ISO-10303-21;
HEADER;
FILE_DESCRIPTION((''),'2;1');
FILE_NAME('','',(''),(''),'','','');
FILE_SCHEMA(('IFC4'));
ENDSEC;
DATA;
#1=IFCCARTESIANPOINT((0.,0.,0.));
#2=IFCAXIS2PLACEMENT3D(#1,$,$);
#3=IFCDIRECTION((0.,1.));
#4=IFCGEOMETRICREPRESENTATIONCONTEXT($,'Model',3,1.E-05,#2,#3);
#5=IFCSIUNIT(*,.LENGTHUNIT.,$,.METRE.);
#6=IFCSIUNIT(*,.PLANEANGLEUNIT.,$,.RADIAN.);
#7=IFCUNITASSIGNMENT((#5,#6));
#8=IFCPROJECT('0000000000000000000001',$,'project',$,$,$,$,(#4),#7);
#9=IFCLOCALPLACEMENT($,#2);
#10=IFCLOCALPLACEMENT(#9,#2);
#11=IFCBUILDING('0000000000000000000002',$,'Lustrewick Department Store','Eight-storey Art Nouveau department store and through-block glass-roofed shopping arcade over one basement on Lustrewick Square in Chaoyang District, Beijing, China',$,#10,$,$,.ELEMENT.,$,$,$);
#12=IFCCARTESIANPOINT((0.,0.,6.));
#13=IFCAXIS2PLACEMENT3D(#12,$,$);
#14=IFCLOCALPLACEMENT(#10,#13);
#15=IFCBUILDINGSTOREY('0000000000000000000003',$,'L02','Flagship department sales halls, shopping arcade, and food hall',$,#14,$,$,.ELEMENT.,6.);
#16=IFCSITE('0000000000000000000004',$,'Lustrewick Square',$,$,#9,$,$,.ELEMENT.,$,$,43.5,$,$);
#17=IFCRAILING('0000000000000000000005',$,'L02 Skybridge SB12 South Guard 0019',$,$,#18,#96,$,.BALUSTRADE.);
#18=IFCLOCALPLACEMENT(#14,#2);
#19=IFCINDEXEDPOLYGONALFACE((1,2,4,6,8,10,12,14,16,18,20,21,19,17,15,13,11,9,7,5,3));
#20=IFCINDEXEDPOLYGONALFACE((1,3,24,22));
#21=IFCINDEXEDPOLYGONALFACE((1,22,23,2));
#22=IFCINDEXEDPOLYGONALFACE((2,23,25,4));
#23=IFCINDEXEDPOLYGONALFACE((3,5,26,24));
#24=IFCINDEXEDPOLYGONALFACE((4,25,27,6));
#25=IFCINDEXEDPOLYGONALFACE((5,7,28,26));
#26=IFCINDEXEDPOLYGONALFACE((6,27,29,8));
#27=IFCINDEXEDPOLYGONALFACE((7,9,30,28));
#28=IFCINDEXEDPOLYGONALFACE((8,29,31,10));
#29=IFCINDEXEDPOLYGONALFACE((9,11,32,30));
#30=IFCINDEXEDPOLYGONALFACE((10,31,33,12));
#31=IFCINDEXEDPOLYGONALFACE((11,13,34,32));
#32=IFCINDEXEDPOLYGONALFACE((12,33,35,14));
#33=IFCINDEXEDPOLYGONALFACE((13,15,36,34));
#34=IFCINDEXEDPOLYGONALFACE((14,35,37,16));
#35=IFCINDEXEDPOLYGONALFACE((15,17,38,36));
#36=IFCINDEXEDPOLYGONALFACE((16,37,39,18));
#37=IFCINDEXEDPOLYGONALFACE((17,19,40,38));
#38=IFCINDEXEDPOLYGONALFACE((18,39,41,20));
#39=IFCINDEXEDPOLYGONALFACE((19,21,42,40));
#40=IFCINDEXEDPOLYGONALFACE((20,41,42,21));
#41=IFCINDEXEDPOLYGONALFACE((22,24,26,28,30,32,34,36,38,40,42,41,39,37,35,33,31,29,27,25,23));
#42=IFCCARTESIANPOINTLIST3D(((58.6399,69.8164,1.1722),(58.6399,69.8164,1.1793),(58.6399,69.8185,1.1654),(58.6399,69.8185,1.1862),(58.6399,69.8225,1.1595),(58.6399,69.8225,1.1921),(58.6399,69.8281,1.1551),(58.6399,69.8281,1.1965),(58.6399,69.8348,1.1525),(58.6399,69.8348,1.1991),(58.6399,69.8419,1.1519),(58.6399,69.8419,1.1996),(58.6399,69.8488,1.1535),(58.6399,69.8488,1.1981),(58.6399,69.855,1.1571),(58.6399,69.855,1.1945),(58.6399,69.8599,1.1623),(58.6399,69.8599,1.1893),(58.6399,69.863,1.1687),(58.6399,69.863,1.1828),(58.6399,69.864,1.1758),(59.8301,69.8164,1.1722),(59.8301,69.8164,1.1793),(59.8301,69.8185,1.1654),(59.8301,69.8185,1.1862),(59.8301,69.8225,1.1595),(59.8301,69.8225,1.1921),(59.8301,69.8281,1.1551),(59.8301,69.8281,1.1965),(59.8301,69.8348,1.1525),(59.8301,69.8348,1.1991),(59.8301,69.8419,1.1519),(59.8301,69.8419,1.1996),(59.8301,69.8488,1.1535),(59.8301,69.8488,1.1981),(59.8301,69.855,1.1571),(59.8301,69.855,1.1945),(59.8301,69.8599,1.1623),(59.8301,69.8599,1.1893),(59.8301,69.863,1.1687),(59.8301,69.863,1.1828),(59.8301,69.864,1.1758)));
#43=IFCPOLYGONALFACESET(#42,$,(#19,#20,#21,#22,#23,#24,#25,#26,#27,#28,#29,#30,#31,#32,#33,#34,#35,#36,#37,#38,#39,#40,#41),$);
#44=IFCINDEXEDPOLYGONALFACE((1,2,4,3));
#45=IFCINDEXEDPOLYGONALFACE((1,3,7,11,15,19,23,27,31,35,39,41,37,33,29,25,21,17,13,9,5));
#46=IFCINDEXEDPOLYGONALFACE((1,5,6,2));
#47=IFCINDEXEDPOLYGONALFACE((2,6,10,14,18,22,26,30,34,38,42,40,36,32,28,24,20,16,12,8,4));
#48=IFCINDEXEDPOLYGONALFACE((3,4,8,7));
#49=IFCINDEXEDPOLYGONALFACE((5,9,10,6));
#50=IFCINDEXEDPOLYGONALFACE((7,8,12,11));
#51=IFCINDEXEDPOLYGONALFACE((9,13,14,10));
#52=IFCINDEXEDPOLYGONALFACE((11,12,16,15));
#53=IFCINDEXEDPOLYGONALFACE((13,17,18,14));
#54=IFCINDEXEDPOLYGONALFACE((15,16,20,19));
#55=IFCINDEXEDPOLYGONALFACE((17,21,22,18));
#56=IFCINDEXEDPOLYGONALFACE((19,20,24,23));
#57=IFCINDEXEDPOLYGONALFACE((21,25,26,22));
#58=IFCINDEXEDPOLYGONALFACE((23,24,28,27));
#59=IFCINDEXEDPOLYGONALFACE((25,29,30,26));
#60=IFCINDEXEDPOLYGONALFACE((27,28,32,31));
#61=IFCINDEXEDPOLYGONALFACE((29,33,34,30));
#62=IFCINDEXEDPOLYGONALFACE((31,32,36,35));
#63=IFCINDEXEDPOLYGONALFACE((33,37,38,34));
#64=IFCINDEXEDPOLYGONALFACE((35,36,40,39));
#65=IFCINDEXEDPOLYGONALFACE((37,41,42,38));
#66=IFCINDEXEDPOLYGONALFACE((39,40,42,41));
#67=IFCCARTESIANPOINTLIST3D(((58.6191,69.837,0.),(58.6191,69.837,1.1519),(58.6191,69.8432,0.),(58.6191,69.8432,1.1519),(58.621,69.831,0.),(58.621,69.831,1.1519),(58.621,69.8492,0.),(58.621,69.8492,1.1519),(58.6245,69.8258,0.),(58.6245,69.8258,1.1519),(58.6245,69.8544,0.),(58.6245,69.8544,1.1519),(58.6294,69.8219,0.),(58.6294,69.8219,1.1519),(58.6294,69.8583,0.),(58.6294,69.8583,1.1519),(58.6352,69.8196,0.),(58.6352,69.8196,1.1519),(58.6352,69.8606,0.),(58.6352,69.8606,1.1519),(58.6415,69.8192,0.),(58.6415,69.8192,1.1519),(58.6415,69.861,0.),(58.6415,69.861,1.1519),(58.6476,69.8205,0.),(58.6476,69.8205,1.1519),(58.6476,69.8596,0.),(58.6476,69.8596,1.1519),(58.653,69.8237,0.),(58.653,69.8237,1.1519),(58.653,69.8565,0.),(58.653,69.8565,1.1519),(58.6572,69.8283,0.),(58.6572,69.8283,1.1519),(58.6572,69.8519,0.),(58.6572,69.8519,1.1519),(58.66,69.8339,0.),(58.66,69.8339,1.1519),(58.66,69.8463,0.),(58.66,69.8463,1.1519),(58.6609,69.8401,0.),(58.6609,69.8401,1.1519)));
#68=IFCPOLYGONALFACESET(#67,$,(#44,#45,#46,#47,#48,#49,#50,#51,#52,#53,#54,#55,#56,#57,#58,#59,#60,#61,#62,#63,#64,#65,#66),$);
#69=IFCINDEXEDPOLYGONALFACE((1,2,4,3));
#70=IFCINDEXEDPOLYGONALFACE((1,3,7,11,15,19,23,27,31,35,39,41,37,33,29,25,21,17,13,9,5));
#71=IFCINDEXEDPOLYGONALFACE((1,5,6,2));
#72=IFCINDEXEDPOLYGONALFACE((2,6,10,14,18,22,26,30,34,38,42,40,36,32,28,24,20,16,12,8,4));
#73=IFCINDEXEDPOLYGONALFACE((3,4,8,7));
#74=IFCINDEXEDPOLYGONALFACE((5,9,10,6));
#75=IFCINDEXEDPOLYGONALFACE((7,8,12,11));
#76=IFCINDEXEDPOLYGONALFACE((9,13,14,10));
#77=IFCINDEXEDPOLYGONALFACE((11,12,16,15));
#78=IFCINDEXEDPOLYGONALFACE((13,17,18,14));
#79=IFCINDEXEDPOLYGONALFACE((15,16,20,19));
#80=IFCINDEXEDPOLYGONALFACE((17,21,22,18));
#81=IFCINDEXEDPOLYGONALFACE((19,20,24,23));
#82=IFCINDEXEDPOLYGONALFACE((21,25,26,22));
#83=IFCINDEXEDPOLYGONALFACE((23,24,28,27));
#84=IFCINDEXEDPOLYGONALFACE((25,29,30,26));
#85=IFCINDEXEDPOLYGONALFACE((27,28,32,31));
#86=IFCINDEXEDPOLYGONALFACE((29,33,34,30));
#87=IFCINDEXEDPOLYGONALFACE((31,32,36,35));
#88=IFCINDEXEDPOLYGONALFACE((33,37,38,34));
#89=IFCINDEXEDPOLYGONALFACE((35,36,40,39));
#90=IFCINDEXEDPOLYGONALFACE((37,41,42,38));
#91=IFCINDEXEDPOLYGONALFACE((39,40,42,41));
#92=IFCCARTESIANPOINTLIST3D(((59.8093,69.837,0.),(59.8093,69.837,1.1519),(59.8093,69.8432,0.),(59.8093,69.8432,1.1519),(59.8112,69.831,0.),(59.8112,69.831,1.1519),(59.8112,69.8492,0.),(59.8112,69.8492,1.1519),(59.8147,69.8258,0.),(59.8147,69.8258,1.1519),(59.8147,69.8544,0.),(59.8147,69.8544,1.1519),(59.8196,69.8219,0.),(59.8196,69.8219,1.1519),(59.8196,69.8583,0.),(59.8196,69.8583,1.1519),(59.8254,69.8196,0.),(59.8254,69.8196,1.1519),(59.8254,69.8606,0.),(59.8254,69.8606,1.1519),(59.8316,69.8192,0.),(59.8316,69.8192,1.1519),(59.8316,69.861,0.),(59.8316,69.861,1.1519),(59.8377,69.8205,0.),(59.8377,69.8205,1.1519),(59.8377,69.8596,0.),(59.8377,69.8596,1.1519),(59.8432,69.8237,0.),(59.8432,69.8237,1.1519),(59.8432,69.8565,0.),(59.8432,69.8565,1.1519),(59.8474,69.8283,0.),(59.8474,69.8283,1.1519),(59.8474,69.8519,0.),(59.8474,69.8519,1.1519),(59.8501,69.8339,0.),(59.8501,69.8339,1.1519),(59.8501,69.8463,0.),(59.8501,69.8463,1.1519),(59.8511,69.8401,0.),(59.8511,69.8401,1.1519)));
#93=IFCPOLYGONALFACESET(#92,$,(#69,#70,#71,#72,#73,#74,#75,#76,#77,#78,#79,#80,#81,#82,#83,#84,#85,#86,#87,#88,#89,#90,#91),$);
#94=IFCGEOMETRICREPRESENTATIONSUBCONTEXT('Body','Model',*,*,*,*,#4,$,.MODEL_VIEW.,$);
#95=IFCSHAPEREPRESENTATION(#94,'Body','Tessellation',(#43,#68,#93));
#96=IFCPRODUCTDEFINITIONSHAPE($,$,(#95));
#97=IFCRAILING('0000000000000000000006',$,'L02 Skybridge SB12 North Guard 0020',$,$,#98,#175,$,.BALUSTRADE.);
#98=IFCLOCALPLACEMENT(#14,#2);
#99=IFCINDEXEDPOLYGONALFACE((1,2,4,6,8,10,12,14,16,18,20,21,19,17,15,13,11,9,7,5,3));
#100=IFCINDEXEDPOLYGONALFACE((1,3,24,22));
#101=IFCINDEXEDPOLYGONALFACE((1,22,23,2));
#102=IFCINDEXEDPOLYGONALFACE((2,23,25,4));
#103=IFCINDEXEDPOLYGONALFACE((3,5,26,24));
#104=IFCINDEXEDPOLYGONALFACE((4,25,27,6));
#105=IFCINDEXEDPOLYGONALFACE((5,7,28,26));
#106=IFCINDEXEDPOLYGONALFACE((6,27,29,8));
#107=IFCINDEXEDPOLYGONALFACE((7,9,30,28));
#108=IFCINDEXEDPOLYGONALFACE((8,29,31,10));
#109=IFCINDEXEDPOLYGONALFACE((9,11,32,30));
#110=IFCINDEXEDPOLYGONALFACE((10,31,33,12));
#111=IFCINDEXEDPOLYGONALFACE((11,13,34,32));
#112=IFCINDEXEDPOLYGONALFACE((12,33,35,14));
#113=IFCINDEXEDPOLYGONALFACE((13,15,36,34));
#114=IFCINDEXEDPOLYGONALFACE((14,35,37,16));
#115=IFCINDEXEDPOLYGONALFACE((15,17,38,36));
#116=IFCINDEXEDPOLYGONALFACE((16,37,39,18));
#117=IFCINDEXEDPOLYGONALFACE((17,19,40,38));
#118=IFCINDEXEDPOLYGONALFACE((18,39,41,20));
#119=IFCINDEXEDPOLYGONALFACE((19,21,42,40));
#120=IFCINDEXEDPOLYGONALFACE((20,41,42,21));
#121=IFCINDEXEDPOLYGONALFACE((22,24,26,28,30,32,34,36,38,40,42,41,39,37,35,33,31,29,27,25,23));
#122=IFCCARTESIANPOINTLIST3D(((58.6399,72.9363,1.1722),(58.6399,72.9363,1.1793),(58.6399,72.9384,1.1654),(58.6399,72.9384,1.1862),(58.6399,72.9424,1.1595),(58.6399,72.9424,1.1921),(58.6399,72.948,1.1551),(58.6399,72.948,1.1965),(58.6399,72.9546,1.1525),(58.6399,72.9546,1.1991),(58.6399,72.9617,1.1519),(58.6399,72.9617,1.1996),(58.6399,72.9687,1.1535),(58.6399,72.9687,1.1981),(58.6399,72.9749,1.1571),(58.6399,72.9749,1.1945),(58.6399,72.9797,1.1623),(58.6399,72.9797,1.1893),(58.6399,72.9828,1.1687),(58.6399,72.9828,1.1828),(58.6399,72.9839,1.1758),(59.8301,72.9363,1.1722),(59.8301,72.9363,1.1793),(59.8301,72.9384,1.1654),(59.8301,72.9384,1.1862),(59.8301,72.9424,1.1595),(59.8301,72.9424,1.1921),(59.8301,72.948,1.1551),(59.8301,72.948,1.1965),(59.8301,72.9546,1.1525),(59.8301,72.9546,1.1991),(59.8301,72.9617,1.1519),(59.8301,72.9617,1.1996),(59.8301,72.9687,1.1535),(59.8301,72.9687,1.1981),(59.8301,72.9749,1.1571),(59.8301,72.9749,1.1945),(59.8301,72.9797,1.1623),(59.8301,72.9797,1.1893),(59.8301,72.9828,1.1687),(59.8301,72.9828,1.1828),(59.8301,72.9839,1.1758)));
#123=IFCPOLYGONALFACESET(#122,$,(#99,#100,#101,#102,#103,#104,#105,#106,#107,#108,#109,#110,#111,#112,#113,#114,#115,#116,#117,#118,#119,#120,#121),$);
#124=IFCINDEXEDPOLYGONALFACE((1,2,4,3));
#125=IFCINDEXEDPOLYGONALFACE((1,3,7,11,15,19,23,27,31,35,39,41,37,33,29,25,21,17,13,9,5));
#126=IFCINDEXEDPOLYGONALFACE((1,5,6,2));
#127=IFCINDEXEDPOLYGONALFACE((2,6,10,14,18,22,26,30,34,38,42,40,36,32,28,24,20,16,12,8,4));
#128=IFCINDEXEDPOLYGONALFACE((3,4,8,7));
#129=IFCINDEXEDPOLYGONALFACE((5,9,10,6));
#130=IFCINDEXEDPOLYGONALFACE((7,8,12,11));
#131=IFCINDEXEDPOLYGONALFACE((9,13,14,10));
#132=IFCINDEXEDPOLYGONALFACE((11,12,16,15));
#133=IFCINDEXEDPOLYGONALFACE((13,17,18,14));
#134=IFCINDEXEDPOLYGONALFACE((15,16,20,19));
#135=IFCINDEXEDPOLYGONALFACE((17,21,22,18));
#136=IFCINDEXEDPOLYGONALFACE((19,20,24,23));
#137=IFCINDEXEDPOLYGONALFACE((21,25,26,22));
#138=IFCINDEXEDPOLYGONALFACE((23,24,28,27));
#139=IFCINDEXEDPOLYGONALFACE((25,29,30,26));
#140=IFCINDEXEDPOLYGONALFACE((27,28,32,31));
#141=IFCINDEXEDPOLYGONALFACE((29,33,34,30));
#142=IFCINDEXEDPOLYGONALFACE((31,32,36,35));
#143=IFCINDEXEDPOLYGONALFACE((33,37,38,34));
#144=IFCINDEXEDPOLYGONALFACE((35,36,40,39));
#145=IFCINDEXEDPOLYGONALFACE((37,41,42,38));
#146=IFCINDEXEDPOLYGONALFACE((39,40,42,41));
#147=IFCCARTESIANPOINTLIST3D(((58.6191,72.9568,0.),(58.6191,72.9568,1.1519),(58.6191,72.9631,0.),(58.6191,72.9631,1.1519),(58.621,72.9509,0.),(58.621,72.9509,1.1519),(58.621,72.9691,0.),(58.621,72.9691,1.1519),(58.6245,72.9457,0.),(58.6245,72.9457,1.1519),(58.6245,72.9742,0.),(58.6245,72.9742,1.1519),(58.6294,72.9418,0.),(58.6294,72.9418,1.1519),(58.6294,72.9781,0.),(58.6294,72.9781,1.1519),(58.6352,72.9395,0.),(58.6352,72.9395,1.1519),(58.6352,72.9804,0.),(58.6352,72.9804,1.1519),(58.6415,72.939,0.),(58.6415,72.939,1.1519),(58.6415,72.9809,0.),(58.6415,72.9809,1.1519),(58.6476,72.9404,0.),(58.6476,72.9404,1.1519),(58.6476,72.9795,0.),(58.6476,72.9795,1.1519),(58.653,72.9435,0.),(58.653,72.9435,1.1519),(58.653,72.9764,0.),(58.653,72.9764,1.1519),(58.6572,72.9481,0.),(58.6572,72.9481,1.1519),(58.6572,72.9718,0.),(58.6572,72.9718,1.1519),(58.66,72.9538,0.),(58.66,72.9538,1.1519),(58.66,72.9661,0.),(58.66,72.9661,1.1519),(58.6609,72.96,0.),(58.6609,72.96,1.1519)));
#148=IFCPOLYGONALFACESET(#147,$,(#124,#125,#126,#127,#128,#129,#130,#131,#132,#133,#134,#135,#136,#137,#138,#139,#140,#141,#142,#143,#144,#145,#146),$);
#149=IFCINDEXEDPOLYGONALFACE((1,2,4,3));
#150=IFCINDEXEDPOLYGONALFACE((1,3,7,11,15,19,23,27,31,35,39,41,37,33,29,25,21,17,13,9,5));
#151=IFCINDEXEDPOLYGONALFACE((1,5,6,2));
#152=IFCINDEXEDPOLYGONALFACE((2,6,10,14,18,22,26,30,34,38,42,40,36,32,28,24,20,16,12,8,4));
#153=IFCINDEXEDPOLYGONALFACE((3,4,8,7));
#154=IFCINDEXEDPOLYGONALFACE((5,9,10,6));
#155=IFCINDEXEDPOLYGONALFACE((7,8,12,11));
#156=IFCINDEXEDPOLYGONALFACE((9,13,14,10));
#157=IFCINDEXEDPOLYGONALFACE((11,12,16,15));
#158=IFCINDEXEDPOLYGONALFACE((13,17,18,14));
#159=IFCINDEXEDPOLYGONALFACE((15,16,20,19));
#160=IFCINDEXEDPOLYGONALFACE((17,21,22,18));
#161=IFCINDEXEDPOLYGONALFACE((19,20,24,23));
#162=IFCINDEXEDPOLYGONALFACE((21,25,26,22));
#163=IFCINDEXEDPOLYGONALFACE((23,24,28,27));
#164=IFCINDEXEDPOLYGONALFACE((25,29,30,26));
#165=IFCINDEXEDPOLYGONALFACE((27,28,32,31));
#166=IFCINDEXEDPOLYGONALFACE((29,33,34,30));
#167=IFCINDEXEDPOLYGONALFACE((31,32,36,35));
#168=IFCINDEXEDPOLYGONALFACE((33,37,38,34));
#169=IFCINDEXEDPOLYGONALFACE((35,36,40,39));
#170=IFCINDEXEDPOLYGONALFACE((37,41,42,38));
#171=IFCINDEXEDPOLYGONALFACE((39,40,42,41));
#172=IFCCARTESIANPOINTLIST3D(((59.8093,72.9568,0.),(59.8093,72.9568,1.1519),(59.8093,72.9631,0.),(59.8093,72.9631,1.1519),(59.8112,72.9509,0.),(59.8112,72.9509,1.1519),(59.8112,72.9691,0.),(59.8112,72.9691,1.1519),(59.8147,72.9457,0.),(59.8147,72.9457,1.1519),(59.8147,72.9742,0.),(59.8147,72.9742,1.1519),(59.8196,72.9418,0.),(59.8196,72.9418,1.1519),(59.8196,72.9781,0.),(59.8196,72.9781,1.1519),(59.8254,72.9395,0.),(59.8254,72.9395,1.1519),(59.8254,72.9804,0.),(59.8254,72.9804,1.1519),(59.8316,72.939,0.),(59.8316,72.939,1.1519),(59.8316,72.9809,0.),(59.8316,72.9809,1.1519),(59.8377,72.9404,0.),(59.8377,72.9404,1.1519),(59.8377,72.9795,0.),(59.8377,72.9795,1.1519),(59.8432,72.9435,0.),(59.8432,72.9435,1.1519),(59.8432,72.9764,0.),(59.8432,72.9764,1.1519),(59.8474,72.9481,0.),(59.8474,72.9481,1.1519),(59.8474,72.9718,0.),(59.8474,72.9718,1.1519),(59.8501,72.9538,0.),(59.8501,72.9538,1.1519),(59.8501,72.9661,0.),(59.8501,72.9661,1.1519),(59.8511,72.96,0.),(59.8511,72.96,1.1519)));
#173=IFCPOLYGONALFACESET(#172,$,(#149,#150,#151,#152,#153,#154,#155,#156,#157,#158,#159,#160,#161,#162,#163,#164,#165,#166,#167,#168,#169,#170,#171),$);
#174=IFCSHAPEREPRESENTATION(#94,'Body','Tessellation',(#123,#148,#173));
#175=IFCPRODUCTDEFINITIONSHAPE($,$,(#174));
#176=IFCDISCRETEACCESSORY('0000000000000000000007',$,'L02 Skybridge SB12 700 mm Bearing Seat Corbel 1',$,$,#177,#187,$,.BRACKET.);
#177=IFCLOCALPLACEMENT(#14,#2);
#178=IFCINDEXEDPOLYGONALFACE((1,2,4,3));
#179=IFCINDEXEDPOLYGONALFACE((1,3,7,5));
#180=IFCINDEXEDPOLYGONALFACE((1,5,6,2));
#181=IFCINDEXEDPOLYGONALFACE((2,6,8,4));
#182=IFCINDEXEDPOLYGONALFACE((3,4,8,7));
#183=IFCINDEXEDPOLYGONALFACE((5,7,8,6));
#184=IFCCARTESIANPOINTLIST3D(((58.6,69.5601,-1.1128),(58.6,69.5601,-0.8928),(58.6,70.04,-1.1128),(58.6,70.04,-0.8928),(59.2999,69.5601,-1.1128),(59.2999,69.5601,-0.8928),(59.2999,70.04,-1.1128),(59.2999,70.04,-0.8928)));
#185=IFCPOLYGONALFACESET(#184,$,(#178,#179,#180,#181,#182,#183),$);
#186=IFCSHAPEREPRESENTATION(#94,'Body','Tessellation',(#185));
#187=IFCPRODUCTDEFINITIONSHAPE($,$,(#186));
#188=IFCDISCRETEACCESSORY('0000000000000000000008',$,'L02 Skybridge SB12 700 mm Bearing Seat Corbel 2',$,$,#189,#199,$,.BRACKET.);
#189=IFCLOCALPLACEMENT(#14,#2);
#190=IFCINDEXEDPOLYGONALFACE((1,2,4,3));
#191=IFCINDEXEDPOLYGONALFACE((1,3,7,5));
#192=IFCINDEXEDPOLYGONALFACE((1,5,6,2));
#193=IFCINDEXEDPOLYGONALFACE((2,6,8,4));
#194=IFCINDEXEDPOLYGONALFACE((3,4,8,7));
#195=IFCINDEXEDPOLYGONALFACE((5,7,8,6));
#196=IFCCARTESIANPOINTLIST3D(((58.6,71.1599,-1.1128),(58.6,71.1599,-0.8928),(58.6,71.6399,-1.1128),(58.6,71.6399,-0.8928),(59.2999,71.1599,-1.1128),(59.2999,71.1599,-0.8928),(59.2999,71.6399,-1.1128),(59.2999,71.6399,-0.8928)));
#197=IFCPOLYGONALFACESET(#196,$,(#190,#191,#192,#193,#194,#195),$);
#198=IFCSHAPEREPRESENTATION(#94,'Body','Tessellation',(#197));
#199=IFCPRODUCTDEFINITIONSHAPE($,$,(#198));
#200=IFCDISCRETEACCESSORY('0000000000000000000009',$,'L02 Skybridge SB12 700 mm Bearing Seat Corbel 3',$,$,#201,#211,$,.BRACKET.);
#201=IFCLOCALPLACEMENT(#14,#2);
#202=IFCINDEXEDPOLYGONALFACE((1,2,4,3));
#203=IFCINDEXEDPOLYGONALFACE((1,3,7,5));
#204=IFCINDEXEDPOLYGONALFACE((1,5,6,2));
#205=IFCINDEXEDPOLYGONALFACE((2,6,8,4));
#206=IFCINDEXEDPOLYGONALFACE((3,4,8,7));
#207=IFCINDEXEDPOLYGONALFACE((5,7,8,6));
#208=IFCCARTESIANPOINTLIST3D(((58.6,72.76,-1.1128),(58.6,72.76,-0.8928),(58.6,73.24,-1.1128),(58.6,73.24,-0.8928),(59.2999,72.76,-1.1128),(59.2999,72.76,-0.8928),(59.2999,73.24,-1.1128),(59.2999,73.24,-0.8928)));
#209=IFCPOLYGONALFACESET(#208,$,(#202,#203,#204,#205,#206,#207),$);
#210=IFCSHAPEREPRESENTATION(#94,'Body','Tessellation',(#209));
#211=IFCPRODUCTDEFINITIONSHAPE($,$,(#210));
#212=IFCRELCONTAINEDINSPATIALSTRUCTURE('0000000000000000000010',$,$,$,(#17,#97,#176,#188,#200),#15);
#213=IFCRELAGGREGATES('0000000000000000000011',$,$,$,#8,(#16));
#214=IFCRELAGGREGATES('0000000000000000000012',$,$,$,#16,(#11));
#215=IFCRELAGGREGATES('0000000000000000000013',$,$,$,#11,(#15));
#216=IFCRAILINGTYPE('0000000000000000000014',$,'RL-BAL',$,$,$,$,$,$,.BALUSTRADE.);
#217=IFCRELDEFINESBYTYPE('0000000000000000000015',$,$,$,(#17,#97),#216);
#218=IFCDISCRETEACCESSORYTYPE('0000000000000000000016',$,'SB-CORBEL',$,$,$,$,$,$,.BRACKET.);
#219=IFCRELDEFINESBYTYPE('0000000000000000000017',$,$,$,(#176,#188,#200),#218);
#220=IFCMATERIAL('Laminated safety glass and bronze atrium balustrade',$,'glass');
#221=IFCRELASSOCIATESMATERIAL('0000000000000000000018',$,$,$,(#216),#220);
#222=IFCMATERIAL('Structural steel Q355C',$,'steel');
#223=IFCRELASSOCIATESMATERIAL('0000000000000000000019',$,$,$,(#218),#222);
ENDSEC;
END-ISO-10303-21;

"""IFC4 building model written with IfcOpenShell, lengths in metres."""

from ifc_helpers import new_model, si_unit, direction, frame, origin, origin_2d, place, context, subcontext, project, spatial, rectangle, circle, extrude, material, type_object, element, save


model = new_model("IFC4")

# Units and contexts
model_context = context("Model", 3, precision=1e-05, world=origin(), true_north=direction((0.0, 1.0)))
body_context = subcontext(model_context, "Body", "Model", "MODEL_VIEW")
ifc_project = project(units=[si_unit("LENGTHUNIT", "METRE"), si_unit("PLANEANGLEUNIT", "RADIAN")], contexts=[model_context])

# Site, building, storey
site_placement = place(None, origin())
site = spatial("IfcSite", under=ifc_project, at=site_placement, Name="Lustrewick Square", CompositionType="ELEMENT", RefElevation=43.5)
building_placement = place(site_placement, origin())
building = spatial("IfcBuilding", under=site, at=building_placement, Name="Lustrewick Department Store", Description="Eight-storey Art Nouveau department store and through-block glass-roofed shopping arcade over one basement on Lustrewick Square in Chaoyang District, Beijing, China", CompositionType="ELEMENT")
storey_placement = place(building_placement, frame((0.0, 0.0, 6.0)))
storey = spatial("IfcBuildingStorey", under=building, at=storey_placement, Name="L02", Description="Flagship department sales halls, shopping arcade, and food hall", CompositionType="ELEMENT", Elevation=6.0)

# Shared definitions
ifc_material_1 = material(Name="Structural steel Q355C", Category="steel")

# Railings
ifc_material_2 = material(Name="Laminated safety glass and bronze atrium balustrade", Category="glass")
railing_type = type_object("IfcRailingType", Name="RL-BAL", PredefinedType="BALUSTRADE", material=ifc_material_2)
for number, where, name in (
    (1, (58.6399, 69.8401, 0.0), "L02 Skybridge SB12 South Guard 0019"),
    (2, (58.6399, 72.96, 0.0), "L02 Skybridge SB12 North Guard 0020"),
):
    element("IfcRailing", number, at=place(storey_placement, frame(where)), inside=storey, type_object=railing_type, Name=name, PredefinedType="BALUSTRADE", context=body_context, shape_type="SweptSolid", body=[
        extrude(circle(Radius=0.0239, at=origin_2d()), frame((0.0, 0.0, 1.1758), z_axis=(1.0, 0.0, 0.0), x_axis=(0.0, 1.0, 0.0)), (0.0, 0.0, 1.0), 1.1902),
        extrude(circle(Radius=0.021, at=origin_2d()), origin(), (0.0, 0.0, 1.0), 1.1519),
        extrude(circle(Radius=0.021, at=origin_2d()), frame((1.1902, 0.0, 0.0)), (0.0, 0.0, 1.0), 1.1519),
    ])

# Discrete accessories
discrete_accessory_type_1 = type_object("IfcDiscreteAccessoryType", Name="SB-CORBEL", PredefinedType="BRACKET", material=ifc_material_1)
for number, where, z_axis, x_axis, name in (
    (3, (58.95, 69.8, -1.1128), (0.0, 0.0, 1.0), (1.0, 0.0, 0.0), "L02 Skybridge SB12 700 mm Bearing Seat Corbel 1"),
    (4, (58.95, 71.3999, -1.1128), (0.0, 0.0, 1.0), (1.0, 0.0, 0.0), "L02 Skybridge SB12 700 mm Bearing Seat Corbel 2"),
    (5, (58.95, 73.0, -1.1128), (0.0, 0.0, 1.0), (1.0, 0.0, 0.0), "L02 Skybridge SB12 700 mm Bearing Seat Corbel 3"),
):
    element("IfcDiscreteAccessory", number, at=place(storey_placement, frame(where, z_axis=z_axis, x_axis=x_axis)), inside=storey, type_object=discrete_accessory_type_1, Name=name, PredefinedType="BRACKET", context=body_context, shape_type="SweptSolid", body=[
        extrude(rectangle(XDim=0.7, YDim=0.48, at=origin_2d()), origin(), (0.0, 0.0, 1.0), 0.22),
    ])

save(model, "model.ifc")
